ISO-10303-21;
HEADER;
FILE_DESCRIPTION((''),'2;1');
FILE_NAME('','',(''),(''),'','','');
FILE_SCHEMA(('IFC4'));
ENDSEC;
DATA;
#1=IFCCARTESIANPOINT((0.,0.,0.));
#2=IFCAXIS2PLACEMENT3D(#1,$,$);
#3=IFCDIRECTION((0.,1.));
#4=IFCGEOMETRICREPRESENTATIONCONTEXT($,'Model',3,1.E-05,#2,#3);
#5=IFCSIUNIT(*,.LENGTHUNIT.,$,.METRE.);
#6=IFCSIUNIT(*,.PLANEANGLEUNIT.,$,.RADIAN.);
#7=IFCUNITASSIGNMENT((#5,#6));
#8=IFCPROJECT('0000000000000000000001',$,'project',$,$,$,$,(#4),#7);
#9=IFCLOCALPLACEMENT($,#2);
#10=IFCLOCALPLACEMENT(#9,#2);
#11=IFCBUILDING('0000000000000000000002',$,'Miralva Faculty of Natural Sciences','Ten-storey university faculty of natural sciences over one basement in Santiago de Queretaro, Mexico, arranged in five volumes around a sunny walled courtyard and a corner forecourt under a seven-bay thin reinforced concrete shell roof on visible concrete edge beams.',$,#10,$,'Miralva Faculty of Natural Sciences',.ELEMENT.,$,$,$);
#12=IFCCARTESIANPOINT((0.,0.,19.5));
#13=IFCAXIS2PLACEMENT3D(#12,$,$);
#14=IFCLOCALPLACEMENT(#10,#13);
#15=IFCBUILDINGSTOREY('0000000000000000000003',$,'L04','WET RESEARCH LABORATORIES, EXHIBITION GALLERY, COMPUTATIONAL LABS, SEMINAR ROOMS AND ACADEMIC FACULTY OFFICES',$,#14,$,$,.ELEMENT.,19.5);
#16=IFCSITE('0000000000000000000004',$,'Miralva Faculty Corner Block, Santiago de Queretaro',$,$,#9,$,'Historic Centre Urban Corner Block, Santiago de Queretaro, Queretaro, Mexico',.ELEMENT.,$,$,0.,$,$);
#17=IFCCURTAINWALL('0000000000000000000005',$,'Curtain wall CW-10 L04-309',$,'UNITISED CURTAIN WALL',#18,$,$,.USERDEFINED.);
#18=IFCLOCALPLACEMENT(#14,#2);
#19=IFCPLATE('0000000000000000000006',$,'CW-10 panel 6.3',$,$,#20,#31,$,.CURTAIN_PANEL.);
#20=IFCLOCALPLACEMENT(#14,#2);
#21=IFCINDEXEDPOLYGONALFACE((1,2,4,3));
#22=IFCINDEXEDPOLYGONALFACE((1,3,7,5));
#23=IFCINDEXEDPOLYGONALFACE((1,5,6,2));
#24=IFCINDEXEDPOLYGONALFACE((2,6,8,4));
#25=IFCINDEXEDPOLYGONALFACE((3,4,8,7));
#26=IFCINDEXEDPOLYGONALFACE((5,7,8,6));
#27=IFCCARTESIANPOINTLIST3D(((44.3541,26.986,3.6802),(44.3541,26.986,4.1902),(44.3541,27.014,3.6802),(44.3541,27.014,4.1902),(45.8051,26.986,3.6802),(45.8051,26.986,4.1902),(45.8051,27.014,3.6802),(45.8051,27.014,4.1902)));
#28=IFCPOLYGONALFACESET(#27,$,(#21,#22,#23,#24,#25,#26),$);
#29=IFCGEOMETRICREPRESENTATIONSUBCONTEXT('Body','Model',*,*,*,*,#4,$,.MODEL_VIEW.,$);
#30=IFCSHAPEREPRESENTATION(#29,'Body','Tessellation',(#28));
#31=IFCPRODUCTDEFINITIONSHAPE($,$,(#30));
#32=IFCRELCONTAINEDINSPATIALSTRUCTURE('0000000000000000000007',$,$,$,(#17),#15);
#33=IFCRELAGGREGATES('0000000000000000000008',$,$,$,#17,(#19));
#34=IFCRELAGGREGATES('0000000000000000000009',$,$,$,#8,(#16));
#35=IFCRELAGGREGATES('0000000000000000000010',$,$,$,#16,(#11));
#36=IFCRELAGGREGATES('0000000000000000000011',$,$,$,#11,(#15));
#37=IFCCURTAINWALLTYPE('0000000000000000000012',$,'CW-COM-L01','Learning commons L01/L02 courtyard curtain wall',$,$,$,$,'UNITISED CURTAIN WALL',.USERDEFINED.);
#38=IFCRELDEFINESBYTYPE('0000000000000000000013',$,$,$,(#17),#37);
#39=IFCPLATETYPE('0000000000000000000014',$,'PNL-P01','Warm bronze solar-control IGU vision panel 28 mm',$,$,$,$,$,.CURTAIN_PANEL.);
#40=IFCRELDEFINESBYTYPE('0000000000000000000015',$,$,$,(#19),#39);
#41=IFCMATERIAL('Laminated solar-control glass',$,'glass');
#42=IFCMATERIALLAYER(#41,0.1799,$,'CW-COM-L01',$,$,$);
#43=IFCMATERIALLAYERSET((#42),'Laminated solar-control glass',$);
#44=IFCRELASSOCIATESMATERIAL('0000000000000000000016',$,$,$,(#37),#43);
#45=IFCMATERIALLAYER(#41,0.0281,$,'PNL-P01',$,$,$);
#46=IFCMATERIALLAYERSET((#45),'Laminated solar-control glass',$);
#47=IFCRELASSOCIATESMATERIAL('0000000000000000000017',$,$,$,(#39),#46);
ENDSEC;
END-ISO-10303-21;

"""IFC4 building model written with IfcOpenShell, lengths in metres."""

from ifc_helpers import new_model, si_unit, direction, frame, origin, origin_2d, place, context, subcontext, project, spatial, rectangle, extrude, material, layer, layer_set, type_object, element, aggregate, save


model = new_model("IFC4")

# Units and contexts
model_context = context("Model", 3, precision=1e-05, world=origin(), true_north=direction((0.0, 1.0)))
body_context = subcontext(model_context, "Body", "Model", "MODEL_VIEW")
ifc_project = project(units=[si_unit("LENGTHUNIT", "METRE"), si_unit("PLANEANGLEUNIT", "RADIAN")], contexts=[model_context])

# Site, building, storey
site_placement = place(None, origin())
site = spatial("IfcSite", under=ifc_project, at=site_placement, Name="Miralva Faculty Corner Block, Santiago de Queretaro", LongName="Historic Centre Urban Corner Block, Santiago de Queretaro, Queretaro, Mexico", CompositionType="ELEMENT", RefElevation=0.0)
building_placement = place(site_placement, origin())
building = spatial("IfcBuilding", under=site, at=building_placement, Name="Miralva Faculty of Natural Sciences", Description="Ten-storey university faculty of natural sciences over one basement in Santiago de Queretaro, Mexico, arranged in five volumes around a sunny walled courtyard and a corner forecourt under a seven-bay thin reinforced concrete shell roof on visible concrete edge beams.", LongName="Miralva Faculty of Natural Sciences", CompositionType="ELEMENT")
storey_placement = place(building_placement, frame((0.0, 0.0, 19.5)))
storey = spatial("IfcBuildingStorey", under=building, at=storey_placement, Name="L04", Description="WET RESEARCH LABORATORIES, EXHIBITION GALLERY, COMPUTATIONAL LABS, SEMINAR ROOMS AND ACADEMIC FACULTY OFFICES", CompositionType="ELEMENT", Elevation=19.5)

# Curtain wall
ifc_material_1 = material(Name="Laminated solar-control glass", Category="glass")
ifc_layer_1 = layer(ifc_material_1, 0.1799, Name="CW-COM-L01")
ifc_layer_set_1 = layer_set([ifc_layer_1], Name="Laminated solar-control glass")
curtain_wall_type = type_object("IfcCurtainWallType", Name="CW-COM-L01", Description="Learning commons L01/L02 courtyard curtain wall", ElementType="UNITISED CURTAIN WALL", PredefinedType="USERDEFINED", material=ifc_layer_set_1)
curtain_wall_1_placement = place(storey_placement, origin())
curtain_wall_1 = element("IfcCurtainWall", 1, at=curtain_wall_1_placement, inside=storey, type_object=curtain_wall_type, Name="Curtain wall CW-10 L04-309", ObjectType="UNITISED CURTAIN WALL", PredefinedType="USERDEFINED")

# Plate
ifc_layer_2 = layer(ifc_material_1, 0.0281, Name="PNL-P01")
ifc_layer_set_2 = layer_set([ifc_layer_2], Name="Laminated solar-control glass")
plate_type = type_object("IfcPlateType", Name="PNL-P01", Description="Warm bronze solar-control IGU vision panel 28 mm", PredefinedType="CURTAIN_PANEL", material=ifc_layer_set_2)
plate_1_placement = place(storey_placement, frame((45.0796, 27.0, 3.6802), z_axis=(0.0, 0.0, 1.0), x_axis=(1.0, 0.0, 0.0)))
plate_1 = element("IfcPlate", 2, at=plate_1_placement, type_object=plate_type, Name="CW-10 panel 6.3", PredefinedType="CURTAIN_PANEL", context=body_context, shape_type="SweptSolid", body=[
    extrude(rectangle(XDim=1.4509, YDim=0.0281, at=origin_2d()), origin(), (0.0, 0.0, 1.0), 0.51),
])
aggregate(curtain_wall_1, [plate_1])

save(model, "model.ifc")
